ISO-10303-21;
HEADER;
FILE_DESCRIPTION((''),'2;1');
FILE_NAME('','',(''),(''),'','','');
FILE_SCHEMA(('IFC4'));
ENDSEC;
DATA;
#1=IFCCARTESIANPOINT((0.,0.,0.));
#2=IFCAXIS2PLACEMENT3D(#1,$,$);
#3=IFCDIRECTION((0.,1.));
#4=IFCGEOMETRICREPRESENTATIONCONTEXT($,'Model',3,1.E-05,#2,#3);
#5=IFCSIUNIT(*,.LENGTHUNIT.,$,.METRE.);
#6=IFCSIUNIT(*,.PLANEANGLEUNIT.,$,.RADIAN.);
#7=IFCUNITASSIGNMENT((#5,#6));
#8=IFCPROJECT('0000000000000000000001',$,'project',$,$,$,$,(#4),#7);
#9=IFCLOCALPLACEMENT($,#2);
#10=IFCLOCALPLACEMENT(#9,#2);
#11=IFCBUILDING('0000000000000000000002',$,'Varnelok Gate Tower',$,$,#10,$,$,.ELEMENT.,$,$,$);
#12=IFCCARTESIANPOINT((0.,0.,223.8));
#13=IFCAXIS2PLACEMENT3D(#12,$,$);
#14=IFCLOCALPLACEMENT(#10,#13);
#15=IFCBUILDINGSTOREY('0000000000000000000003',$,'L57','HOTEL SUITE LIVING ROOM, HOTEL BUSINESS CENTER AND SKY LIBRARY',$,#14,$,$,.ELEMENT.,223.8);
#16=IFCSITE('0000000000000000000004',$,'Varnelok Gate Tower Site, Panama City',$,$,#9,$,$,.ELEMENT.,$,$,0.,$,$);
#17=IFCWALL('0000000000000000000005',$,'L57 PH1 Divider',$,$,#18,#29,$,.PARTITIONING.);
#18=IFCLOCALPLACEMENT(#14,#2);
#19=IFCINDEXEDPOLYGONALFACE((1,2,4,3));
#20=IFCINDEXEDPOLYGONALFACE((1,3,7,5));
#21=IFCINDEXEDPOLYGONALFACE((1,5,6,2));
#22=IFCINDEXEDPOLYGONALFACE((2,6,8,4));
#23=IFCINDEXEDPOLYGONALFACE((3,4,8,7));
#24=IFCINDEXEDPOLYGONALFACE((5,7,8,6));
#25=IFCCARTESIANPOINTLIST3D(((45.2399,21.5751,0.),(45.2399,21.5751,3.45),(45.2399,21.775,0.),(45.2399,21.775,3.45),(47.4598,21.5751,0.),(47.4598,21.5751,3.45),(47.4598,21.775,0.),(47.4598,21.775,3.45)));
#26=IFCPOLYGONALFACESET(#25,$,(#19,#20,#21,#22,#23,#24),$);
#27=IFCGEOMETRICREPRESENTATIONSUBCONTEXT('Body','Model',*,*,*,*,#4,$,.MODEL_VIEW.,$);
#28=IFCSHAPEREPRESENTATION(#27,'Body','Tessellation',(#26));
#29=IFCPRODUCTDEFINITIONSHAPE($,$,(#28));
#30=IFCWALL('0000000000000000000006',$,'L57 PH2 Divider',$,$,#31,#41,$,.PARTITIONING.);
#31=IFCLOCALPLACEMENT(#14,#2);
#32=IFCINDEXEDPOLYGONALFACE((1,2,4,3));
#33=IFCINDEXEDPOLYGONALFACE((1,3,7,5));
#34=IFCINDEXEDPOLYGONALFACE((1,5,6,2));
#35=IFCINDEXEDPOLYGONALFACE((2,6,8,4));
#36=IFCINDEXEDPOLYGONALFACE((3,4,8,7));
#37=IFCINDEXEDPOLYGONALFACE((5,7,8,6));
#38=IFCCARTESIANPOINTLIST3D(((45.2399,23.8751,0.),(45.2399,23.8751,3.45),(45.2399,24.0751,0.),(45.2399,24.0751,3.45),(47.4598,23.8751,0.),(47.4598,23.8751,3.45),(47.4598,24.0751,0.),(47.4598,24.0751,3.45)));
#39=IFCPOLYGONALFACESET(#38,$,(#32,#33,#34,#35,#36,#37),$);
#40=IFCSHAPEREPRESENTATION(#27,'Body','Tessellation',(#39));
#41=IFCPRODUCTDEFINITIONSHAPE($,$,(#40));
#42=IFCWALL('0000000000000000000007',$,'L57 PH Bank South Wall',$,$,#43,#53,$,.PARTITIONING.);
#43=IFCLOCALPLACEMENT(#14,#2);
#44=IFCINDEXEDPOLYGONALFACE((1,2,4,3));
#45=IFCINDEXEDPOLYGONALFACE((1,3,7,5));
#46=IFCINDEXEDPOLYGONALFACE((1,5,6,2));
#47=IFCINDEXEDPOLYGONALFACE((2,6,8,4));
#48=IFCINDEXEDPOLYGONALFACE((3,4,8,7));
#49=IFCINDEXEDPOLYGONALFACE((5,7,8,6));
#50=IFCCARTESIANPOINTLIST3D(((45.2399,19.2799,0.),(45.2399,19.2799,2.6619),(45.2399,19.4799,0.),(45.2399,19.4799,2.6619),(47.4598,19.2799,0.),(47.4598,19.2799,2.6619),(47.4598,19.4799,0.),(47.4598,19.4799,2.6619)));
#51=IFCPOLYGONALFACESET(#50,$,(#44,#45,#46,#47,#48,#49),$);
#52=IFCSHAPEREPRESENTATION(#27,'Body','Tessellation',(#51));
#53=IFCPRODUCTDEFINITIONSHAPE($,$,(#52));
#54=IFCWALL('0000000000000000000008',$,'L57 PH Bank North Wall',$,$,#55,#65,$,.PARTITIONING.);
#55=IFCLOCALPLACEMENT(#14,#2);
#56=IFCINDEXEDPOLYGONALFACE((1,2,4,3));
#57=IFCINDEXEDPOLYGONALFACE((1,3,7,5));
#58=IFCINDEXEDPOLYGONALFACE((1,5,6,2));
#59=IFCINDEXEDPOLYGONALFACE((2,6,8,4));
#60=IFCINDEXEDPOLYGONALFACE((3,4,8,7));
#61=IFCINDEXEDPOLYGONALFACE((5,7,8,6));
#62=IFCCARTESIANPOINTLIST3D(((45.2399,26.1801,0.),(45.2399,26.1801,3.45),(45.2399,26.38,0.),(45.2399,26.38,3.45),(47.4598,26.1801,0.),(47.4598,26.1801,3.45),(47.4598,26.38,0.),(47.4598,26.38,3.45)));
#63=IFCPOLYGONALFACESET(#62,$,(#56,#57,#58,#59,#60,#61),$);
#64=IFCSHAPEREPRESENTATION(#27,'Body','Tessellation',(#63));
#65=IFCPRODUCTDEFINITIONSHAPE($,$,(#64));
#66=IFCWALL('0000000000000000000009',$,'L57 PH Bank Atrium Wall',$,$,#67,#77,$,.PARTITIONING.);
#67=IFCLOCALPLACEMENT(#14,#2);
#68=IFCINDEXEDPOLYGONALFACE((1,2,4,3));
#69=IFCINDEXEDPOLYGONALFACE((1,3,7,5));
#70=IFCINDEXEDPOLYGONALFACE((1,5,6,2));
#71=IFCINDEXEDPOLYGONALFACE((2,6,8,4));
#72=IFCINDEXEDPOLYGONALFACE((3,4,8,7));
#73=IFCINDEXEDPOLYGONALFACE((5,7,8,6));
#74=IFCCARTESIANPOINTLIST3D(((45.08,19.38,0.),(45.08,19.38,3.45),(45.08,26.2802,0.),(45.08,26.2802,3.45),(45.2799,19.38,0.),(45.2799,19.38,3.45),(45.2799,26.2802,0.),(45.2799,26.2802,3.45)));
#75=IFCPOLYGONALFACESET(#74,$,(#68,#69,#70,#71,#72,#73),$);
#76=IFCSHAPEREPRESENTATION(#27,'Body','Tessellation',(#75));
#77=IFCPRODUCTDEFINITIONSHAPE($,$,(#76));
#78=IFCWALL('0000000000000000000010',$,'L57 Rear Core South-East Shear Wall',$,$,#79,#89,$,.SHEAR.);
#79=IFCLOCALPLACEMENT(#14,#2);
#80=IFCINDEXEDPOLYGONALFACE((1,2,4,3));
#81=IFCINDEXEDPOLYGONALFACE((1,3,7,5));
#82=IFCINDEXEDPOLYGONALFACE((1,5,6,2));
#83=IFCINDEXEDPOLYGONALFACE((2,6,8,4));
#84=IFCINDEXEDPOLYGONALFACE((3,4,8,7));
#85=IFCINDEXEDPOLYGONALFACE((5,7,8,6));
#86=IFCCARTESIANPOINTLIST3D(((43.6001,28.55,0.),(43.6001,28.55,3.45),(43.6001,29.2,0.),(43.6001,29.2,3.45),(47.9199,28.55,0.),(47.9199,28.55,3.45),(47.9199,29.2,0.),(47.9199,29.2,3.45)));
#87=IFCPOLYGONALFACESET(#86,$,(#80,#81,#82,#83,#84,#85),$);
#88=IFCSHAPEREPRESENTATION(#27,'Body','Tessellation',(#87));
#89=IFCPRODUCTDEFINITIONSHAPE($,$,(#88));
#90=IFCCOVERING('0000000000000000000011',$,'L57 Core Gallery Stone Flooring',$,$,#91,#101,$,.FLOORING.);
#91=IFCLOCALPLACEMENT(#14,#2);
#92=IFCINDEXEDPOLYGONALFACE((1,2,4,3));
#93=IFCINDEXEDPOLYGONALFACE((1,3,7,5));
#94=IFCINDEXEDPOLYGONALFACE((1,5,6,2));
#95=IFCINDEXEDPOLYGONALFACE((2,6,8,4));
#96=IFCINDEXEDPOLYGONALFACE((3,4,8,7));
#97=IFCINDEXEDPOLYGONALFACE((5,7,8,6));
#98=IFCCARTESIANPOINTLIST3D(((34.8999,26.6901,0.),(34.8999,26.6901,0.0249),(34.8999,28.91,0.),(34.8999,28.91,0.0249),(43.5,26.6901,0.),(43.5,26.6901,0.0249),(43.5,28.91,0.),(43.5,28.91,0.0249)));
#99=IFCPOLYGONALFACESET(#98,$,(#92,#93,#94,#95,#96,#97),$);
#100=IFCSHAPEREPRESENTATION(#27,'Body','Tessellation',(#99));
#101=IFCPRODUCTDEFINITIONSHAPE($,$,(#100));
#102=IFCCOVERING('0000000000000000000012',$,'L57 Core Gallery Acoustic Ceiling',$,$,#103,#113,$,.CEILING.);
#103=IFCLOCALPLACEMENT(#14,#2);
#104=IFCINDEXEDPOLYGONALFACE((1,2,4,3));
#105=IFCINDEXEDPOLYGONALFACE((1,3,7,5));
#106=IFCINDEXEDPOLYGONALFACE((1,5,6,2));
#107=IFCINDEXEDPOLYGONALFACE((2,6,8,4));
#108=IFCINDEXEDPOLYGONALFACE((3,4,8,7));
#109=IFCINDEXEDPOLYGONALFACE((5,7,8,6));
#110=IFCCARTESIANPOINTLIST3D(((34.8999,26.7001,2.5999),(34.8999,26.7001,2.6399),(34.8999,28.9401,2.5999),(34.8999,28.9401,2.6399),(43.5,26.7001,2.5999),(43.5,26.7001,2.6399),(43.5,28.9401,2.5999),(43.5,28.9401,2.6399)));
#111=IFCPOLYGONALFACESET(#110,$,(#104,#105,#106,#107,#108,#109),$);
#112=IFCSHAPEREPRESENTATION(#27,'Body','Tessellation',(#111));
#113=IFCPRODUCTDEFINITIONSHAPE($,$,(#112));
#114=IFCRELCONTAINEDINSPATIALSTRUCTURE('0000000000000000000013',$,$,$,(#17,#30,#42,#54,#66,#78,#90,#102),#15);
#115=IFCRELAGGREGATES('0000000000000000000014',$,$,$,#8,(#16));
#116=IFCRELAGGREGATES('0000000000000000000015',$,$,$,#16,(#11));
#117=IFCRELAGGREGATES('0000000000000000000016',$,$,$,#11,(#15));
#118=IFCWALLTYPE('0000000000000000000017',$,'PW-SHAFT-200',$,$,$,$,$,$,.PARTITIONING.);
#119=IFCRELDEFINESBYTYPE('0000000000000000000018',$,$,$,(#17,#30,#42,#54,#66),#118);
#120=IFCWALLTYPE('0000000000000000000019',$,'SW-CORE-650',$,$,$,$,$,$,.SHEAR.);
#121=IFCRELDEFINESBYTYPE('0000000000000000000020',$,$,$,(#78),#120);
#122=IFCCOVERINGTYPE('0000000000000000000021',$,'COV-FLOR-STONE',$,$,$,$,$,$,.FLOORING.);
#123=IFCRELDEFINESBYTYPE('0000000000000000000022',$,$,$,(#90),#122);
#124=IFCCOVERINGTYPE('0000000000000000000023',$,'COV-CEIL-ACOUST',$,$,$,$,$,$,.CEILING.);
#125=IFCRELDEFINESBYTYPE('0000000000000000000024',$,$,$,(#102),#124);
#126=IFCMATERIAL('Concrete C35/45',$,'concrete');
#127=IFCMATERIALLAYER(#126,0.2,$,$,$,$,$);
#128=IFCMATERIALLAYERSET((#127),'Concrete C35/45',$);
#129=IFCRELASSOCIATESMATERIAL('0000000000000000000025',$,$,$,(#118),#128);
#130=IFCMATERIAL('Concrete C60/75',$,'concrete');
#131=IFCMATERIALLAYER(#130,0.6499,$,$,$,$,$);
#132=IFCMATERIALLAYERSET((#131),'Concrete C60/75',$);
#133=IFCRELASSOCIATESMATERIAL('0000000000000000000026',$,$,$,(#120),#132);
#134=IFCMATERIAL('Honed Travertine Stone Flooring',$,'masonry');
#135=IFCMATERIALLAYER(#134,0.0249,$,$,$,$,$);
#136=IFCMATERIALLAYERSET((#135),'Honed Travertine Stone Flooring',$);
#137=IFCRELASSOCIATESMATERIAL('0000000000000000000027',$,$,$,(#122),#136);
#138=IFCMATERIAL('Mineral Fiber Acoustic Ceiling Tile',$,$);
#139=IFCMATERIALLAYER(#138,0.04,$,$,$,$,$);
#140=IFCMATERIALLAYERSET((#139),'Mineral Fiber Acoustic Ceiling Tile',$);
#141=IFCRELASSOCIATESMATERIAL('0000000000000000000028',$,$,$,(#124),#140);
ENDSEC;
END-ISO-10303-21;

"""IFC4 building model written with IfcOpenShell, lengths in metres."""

from ifc_helpers import new_model, si_unit, direction, frame, frame_2d, origin, origin_2d, place, context, subcontext, project, spatial, rectangle, extrude, source, transform, mapped, material, layer, layer_set, type_object, element, save


model = new_model("IFC4")

# Units and contexts
model_context = context("Model", 3, precision=1e-05, world=origin(), true_north=direction((0.0, 1.0)))
body_context = subcontext(model_context, "Body", "Model", "MODEL_VIEW")
ifc_project = project(units=[si_unit("LENGTHUNIT", "METRE"), si_unit("PLANEANGLEUNIT", "RADIAN")], contexts=[model_context])

# Site, building, storey
site_placement = place(None, origin())
site = spatial("IfcSite", under=ifc_project, at=site_placement, Name="Varnelok Gate Tower Site, Panama City", CompositionType="ELEMENT", RefElevation=0.0)
building_placement = place(site_placement, origin())
building = spatial("IfcBuilding", under=site, at=building_placement, Name="Varnelok Gate Tower", CompositionType="ELEMENT")
storey_placement = place(building_placement, frame((0.0, 0.0, 223.8)))
storey = spatial("IfcBuildingStorey", under=building, at=storey_placement, Name="L57", Description="HOTEL SUITE LIVING ROOM, HOTEL BUSINESS CENTER AND SKY LIBRARY", CompositionType="ELEMENT", Elevation=223.8)

# Shared definitions
ifc_material_1 = material(Name="Concrete C60/75", Category="concrete")

# Walls
ifc_material_2 = material(Name="Concrete C35/45", Category="concrete")
ifc_layer_1 = layer(ifc_material_2, 0.2)
ifc_layer_set_1 = layer_set([ifc_layer_1], Name="Concrete C35/45")
wall_type_1 = type_object("IfcWallType", Name="PW-SHAFT-200", PredefinedType="PARTITIONING", material=ifc_layer_set_1)
for number, where, z_axis, x_axis, name in (
    (1, (45.24, 21.675, 0.0), (0.0, 0.0, 1.0), (1.0, 0.0, 0.0), "L57 PH1 Divider"),
    (2, (45.24, 23.9751, 0.0), (0.0, 0.0, 1.0), (1.0, 0.0, 0.0), "L57 PH2 Divider"),
):
    element("IfcWall", number, at=place(storey_placement, frame(where, z_axis=z_axis, x_axis=x_axis)), inside=storey, type_object=wall_type_1, Name=name, PredefinedType="PARTITIONING", context=body_context, shape_type="SweptSolid", body=[
        extrude(rectangle(XDim=2.22, YDim=0.2, at=frame_2d((1.1099, 0.0))), origin(), (0.0, 0.0, 1.0), 3.45),
    ])
wall_1_placement = place(storey_placement, frame((45.24, 19.3799, 0.0), z_axis=(0.0, 0.0, 1.0), x_axis=(1.0, 0.0, 0.0)))
element("IfcWall", 3, at=wall_1_placement, inside=storey, type_object=wall_type_1, Name="L57 PH Bank South Wall", PredefinedType="PARTITIONING", context=body_context, shape_type="SweptSolid", body=[
    extrude(rectangle(XDim=2.22, YDim=0.2, at=frame_2d((1.1099, 0.0))), origin(), (0.0, 0.0, 1.0), 2.6619),
])
wall_2_placement = place(storey_placement, frame((45.24, 26.28, 0.0), z_axis=(0.0, 0.0, 1.0), x_axis=(1.0, 0.0, 0.0)))
element("IfcWall", 4, at=wall_2_placement, inside=storey, type_object=wall_type_1, Name="L57 PH Bank North Wall", PredefinedType="PARTITIONING", context=body_context, shape_type="SweptSolid", body=[
    extrude(rectangle(XDim=2.22, YDim=0.2, at=frame_2d((1.1099, 0.0))), origin(), (0.0, 0.0, 1.0), 3.45),
])
wall_3_placement = place(storey_placement, frame((45.1799, 19.3799, 0.0), z_axis=(0.0, 0.0, 1.0), x_axis=(0.0, 1.0, 0.0)))
element("IfcWall", 5, at=wall_3_placement, inside=storey, type_object=wall_type_1, Name="L57 PH Bank Atrium Wall", PredefinedType="PARTITIONING", context=body_context, shape_type="SweptSolid", body=[
    extrude(rectangle(XDim=6.9001, YDim=0.2, at=frame_2d((3.4502, 0.0))), origin(), (0.0, 0.0, 1.0), 3.45),
])

# Wall
ifc_layer_2 = layer(ifc_material_1, 0.6499)
ifc_layer_set_2 = layer_set([ifc_layer_2], Name="Concrete C60/75")
wall_type_2 = type_object("IfcWallType", Name="SW-CORE-650", PredefinedType="SHEAR", material=ifc_layer_set_2)
wall_4_placement = place(storey_placement, frame((43.6001, 28.875, 0.0), z_axis=(0.0, 0.0, 1.0), x_axis=(1.0, 0.0, 0.0)))
element("IfcWall", 6, at=wall_4_placement, inside=storey, type_object=wall_type_2, Name="L57 Rear Core South-East Shear Wall", PredefinedType="SHEAR", context=body_context, shape_type="SweptSolid", body=[
    extrude(rectangle(XDim=4.3198, YDim=0.6499, at=frame_2d((2.1599, 0.0))), origin(), (0.0, 0.0, 1.0), 3.45),
])

# Coverings
ifc_material_3 = material(Name="Honed Travertine Stone Flooring", Category="masonry")
ifc_layer_3 = layer(ifc_material_3, 0.0249)
ifc_layer_set_3 = layer_set([ifc_layer_3], Name="Honed Travertine Stone Flooring")
covering_type_1 = type_object("IfcCoveringType", Name="COV-FLOR-STONE", PredefinedType="FLOORING", material=ifc_layer_set_3)
shared_shape_1 = source(origin(), body_context, "Body", "SweptSolid", [
    extrude(rectangle(XDim=8.6001, YDim=2.22, at=origin_2d()), origin(), (0.0, 0.0, 1.0), 0.0249),
])
covering_1_placement = place(storey_placement, frame((39.2, 27.8, 0.0), z_axis=(0.0, 0.0, 1.0), x_axis=(1.0, 0.0, 0.0)))
element("IfcCovering", 7, at=covering_1_placement, inside=storey, type_object=covering_type_1, Name="L57 Core Gallery Stone Flooring", PredefinedType="FLOORING", context=body_context, shape_type="MappedRepresentation", body=[
    mapped(shared_shape_1, transform((0.0, 0.0, 0.0), scale=1.0)),
])
ifc_material_4 = material(Name="Mineral Fiber Acoustic Ceiling Tile")
ifc_layer_4 = layer(ifc_material_4, 0.04)
ifc_layer_set_4 = layer_set([ifc_layer_4], Name="Mineral Fiber Acoustic Ceiling Tile")
covering_type_2 = type_object("IfcCoveringType", Name="COV-CEIL-ACOUST", PredefinedType="CEILING", material=ifc_layer_set_4)
shared_shape_2 = source(origin(), body_context, "Body", "SweptSolid", [
    extrude(rectangle(XDim=8.6001, YDim=2.24, at=origin_2d()), origin(), (0.0, 0.0, 1.0), 0.04),
])
covering_2_placement = place(storey_placement, frame((39.2, 27.8201, 2.5999), z_axis=(0.0, 0.0, 1.0), x_axis=(1.0, 0.0, 0.0)))
element("IfcCovering", 8, at=covering_2_placement, inside=storey, type_object=covering_type_2, Name="L57 Core Gallery Acoustic Ceiling", PredefinedType="CEILING", context=body_context, shape_type="MappedRepresentation", body=[
    mapped(shared_shape_2, transform((0.0, 0.0, 0.0), scale=1.0)),
])

save(model, "model.ifc")
